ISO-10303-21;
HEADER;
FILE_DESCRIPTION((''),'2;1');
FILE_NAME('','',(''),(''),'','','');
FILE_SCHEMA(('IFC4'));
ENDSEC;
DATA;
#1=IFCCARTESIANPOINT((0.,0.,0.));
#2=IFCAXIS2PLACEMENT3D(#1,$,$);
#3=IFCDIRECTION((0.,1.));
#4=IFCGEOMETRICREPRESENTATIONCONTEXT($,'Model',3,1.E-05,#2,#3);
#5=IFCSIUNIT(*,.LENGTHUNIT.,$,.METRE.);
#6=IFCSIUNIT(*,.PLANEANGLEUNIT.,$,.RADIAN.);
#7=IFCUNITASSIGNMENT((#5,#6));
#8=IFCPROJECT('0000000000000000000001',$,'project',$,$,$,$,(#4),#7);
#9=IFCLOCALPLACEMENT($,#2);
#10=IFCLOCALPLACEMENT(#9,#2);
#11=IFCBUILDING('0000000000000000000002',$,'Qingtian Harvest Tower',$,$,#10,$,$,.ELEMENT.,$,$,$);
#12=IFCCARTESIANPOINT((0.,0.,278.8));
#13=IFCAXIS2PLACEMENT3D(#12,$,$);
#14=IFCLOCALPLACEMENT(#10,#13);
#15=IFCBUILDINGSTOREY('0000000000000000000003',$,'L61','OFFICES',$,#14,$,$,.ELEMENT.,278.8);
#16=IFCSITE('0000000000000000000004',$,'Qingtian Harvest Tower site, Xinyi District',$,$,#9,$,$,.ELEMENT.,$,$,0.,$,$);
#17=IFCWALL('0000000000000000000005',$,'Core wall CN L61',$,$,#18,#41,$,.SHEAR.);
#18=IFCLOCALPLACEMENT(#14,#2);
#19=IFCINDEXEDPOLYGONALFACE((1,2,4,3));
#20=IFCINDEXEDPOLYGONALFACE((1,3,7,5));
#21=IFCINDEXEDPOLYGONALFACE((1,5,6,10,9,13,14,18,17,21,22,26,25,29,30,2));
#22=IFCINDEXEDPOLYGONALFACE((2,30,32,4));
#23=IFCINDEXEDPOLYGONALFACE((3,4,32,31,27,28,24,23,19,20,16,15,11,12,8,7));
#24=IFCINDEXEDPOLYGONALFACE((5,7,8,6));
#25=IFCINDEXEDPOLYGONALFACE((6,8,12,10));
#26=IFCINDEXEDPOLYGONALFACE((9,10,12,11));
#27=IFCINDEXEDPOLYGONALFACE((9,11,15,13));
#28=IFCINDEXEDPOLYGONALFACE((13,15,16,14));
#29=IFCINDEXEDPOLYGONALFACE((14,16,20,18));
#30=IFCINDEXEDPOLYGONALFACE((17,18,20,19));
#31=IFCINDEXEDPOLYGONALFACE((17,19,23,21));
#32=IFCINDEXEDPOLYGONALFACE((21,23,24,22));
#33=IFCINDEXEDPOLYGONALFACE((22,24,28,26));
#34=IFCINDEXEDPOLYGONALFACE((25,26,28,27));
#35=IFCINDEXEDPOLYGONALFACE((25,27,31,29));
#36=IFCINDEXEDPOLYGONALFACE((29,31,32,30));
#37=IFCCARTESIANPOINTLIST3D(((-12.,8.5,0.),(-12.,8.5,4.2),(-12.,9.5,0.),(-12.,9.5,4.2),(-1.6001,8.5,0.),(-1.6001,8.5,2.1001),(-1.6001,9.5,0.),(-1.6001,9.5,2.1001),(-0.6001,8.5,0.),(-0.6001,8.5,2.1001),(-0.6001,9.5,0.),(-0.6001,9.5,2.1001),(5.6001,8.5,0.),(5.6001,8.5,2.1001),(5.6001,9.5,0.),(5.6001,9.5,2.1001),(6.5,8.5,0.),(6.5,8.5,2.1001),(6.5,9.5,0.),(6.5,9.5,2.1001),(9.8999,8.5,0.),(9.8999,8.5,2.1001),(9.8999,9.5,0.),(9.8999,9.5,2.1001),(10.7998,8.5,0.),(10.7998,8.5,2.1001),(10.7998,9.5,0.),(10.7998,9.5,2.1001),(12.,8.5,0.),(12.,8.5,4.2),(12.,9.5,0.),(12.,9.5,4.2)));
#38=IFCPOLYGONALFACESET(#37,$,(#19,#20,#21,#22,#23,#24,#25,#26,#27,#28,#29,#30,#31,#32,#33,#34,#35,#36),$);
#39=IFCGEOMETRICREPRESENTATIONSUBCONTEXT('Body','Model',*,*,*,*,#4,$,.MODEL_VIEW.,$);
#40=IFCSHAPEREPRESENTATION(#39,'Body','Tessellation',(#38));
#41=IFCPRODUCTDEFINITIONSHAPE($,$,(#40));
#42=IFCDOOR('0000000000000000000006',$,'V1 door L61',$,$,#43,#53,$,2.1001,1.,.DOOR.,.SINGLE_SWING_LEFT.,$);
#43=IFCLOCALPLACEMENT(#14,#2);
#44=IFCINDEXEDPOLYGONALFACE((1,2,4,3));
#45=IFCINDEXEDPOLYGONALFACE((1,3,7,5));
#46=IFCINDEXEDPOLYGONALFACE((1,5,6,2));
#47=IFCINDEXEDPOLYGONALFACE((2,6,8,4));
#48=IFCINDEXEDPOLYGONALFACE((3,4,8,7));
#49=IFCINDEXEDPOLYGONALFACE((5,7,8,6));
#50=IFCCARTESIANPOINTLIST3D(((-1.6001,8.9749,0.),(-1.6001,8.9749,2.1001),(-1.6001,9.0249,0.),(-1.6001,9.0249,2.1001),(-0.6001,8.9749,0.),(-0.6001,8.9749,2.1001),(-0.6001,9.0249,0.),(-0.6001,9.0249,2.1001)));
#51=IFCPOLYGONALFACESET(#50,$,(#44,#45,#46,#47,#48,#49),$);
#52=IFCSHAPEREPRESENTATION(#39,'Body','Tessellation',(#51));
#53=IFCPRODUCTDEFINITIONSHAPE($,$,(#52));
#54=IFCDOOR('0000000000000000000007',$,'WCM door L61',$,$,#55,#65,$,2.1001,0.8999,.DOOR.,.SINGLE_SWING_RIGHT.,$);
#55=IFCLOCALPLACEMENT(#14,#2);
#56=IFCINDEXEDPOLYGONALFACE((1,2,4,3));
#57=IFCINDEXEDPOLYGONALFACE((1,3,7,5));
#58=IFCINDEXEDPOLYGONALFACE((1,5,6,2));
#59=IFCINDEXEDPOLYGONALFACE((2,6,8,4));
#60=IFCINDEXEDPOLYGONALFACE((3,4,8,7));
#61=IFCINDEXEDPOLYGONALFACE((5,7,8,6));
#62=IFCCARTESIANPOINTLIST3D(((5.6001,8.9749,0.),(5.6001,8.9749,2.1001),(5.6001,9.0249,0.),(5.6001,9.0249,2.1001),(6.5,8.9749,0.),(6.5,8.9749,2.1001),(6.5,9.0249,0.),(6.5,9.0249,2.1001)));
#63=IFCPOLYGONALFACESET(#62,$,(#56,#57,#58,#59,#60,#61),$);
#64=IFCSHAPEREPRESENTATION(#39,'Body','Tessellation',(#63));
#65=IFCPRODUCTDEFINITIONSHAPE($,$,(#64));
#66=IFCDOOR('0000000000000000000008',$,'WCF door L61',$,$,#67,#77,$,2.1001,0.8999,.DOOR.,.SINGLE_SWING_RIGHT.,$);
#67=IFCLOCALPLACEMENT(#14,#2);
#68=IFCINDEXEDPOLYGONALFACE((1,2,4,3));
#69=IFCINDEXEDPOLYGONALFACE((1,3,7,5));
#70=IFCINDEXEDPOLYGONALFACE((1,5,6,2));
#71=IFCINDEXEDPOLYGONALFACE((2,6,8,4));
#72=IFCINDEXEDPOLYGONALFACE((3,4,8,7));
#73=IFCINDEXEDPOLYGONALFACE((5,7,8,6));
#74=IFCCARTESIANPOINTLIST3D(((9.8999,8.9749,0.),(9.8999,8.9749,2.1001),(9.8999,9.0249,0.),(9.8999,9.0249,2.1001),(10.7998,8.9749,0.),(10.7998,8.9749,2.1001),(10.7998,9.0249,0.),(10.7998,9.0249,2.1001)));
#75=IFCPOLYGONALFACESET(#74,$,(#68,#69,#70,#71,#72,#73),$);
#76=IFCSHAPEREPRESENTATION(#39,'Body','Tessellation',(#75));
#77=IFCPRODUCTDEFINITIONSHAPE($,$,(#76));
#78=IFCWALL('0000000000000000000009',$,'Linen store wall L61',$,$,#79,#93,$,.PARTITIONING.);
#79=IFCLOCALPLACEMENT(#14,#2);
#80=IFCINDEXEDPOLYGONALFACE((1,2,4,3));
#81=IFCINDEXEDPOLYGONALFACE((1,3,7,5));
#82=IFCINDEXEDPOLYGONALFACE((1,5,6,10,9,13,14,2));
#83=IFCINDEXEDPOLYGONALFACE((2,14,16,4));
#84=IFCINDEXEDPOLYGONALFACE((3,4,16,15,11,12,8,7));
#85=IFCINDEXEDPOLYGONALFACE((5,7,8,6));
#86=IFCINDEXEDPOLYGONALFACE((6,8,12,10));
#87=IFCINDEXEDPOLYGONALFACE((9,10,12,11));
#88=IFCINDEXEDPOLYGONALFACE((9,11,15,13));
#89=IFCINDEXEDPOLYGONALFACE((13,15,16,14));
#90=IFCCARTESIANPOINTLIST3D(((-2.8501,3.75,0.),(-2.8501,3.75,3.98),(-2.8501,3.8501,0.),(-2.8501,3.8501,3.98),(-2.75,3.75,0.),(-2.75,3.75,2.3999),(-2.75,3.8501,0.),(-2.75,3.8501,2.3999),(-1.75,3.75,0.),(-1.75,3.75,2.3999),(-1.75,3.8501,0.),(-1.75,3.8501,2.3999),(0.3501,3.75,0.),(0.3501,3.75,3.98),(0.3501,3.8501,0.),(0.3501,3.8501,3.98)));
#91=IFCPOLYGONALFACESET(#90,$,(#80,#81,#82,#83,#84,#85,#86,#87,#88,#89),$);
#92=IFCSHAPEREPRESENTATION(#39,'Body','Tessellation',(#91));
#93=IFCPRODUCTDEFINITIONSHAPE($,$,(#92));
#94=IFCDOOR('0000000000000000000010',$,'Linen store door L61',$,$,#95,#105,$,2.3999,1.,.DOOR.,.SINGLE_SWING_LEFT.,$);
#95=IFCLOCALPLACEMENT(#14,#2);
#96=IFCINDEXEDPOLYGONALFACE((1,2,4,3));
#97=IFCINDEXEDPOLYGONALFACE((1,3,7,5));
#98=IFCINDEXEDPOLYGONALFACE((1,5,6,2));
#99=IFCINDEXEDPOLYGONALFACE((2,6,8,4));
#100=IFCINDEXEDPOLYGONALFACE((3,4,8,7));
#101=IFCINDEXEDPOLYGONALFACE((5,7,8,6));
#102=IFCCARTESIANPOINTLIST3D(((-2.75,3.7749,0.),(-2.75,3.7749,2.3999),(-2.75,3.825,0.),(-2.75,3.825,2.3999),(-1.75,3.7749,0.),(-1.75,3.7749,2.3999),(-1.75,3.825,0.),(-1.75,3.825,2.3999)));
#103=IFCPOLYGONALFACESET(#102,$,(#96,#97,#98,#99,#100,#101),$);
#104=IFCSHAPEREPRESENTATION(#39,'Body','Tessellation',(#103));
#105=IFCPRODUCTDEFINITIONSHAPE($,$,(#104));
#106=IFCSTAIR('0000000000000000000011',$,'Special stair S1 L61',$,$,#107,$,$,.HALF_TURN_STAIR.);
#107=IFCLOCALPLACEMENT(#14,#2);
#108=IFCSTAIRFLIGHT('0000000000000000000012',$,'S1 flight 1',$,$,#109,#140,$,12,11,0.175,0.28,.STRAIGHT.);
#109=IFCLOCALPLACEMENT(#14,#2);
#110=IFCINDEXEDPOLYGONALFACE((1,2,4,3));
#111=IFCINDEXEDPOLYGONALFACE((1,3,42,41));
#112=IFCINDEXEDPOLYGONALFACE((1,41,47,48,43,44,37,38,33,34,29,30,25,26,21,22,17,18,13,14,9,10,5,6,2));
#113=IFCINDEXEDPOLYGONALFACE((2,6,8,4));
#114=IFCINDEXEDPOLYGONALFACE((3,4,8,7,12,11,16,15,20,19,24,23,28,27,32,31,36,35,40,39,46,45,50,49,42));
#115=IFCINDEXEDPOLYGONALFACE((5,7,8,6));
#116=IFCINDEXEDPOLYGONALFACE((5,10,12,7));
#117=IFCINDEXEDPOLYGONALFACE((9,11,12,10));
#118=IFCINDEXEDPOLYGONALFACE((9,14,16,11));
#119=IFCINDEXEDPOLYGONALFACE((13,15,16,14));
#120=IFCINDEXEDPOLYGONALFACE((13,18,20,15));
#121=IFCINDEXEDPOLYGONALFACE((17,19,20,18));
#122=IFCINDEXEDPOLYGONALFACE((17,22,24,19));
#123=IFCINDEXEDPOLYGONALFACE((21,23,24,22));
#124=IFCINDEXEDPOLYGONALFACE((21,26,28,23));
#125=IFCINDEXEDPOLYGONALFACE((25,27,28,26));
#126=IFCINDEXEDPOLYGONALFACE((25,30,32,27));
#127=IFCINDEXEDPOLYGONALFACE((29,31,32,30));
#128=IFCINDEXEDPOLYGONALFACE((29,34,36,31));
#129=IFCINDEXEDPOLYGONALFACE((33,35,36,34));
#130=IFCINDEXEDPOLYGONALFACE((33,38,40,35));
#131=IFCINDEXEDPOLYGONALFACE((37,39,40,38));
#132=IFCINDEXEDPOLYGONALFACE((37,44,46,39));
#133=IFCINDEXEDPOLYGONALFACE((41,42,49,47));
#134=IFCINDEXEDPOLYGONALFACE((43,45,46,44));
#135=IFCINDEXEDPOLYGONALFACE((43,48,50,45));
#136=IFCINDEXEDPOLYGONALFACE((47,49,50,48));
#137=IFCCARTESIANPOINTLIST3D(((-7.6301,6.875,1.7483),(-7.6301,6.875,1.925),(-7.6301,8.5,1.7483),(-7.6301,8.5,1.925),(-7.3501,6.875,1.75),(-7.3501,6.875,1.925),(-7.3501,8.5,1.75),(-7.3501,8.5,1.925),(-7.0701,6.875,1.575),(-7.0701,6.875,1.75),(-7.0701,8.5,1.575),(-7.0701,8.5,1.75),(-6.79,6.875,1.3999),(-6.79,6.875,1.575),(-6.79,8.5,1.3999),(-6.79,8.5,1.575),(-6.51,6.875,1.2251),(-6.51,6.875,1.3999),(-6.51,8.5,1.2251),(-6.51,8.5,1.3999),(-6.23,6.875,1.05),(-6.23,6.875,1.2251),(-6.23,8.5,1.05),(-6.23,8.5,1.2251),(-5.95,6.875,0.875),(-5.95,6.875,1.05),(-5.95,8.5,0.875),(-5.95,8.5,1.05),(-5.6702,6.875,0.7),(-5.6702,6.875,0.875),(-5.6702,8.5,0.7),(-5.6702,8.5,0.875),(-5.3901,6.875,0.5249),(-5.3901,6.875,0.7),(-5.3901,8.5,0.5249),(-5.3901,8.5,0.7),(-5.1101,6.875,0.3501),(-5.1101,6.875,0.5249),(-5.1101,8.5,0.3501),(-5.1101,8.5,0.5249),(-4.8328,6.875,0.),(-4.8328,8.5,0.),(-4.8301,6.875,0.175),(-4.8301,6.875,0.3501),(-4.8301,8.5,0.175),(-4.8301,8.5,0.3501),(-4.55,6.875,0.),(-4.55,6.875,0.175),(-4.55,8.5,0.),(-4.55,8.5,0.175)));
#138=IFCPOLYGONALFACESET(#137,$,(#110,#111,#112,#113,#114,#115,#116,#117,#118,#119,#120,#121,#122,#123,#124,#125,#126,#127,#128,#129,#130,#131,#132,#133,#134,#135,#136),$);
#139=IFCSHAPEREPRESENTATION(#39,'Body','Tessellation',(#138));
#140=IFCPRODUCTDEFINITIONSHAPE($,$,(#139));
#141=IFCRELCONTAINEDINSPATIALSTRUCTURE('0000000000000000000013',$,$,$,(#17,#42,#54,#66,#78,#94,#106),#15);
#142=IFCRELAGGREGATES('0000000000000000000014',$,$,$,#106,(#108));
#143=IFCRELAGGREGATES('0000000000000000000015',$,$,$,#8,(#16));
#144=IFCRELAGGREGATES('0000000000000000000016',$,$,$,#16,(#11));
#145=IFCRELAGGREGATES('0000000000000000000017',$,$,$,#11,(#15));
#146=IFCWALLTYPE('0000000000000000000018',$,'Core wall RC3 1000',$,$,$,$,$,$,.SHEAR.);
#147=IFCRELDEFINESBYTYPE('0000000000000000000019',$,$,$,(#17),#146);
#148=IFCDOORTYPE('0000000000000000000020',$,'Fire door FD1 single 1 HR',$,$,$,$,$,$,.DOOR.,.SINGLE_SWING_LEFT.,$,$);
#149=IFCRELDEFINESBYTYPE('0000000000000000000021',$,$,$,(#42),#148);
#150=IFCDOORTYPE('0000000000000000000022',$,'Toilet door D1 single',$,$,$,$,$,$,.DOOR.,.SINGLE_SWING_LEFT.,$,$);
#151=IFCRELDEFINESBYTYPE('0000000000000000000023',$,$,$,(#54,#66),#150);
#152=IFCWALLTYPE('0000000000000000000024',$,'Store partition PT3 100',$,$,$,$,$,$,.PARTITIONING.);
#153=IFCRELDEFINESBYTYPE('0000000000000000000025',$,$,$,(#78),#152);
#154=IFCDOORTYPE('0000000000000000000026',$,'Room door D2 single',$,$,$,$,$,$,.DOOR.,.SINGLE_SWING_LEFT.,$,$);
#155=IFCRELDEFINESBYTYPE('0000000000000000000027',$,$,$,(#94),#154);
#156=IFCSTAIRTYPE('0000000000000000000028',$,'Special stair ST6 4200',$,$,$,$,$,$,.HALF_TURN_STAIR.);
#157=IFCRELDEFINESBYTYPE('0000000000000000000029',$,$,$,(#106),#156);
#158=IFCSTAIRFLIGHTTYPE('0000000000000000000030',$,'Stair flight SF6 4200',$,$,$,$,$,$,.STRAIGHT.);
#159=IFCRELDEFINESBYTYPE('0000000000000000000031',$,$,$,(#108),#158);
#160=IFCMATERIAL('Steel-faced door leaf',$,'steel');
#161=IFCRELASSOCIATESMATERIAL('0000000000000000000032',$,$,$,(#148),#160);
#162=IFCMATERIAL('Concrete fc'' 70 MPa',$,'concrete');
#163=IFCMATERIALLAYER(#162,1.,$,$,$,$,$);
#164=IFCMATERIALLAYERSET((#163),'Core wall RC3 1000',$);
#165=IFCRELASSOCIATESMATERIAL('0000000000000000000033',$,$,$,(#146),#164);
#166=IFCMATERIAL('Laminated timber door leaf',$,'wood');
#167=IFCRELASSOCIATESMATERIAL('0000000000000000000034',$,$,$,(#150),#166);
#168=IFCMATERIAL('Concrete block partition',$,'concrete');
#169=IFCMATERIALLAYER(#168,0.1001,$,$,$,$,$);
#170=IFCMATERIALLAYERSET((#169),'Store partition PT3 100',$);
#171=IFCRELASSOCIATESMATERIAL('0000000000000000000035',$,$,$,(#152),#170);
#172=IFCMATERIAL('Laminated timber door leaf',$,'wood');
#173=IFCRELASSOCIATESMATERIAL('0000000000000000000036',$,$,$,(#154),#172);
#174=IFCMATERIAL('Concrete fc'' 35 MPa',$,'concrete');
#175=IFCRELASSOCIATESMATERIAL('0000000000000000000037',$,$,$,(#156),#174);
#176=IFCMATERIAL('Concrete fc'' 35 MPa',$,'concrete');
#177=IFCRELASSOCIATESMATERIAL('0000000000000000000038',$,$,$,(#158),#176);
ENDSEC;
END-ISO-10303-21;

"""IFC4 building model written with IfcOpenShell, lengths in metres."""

from ifc_helpers import new_model, si_unit, direction, frame, frame_2d, origin, place, context, subcontext, project, spatial, polyline, rectangle, outline, extrude, material, layer, layer_set, type_object, element, fill, aggregate, save


model = new_model("IFC4")

# Units and contexts
model_context = context("Model", 3, precision=1e-05, world=origin(), true_north=direction((0.0, 1.0)))
body_context = subcontext(model_context, "Body", "Model", "MODEL_VIEW")
ifc_project = project(units=[si_unit("LENGTHUNIT", "METRE"), si_unit("PLANEANGLEUNIT", "RADIAN")], contexts=[model_context])

# Site, building, storey
site_placement = place(None, origin())
site = spatial("IfcSite", under=ifc_project, at=site_placement, Name="Qingtian Harvest Tower site, Xinyi District", CompositionType="ELEMENT", RefElevation=0.0)
building_placement = place(site_placement, origin())
building = spatial("IfcBuilding", under=site, at=building_placement, Name="Qingtian Harvest Tower", CompositionType="ELEMENT")
storey_placement = place(building_placement, frame((0.0, 0.0, 278.8)))
storey = spatial("IfcBuildingStorey", under=building, at=storey_placement, Name="L61", Description="OFFICES", CompositionType="ELEMENT", Elevation=278.8)

# Shared definitions
ifc_material_1 = material(Name="Steel-faced door leaf", Category="steel")
door_type_1 = type_object("IfcDoorType", Name="Fire door FD1 single 1 HR", OperationType="SINGLE_SWING_LEFT", PredefinedType="DOOR", material=ifc_material_1)

# Wall, openings, doors
ifc_material_2 = material(Name="Concrete fc' 70 MPa", Category="concrete")
ifc_layer_1 = layer(ifc_material_2, 1.0)
ifc_layer_set_1 = layer_set([ifc_layer_1], Name="Core wall RC3 1000")
wall_type_1 = type_object("IfcWallType", Name="Core wall RC3 1000", PredefinedType="SHEAR", material=ifc_layer_set_1)
wall_1_placement = place(storey_placement, frame((-12.0, 9.0, 0.0), z_axis=(0.0, 0.0, 1.0), x_axis=(1.0, 0.0, 0.0)))
wall_1 = element("IfcWall", 1, at=wall_1_placement, inside=storey, type_object=wall_type_1, Name="Core wall CN L61", PredefinedType="SHEAR", context=body_context, shape_type="SweptSolid", body=[
    extrude(rectangle(XDim=24.0, YDim=1.0, at=frame_2d((12.0, 0.0))), origin(), (0.0, 0.0, 1.0), 4.2),
])
opening_1_placement = place(wall_1_placement, frame((10.3999, 0.0, 0.0)))
opening_1 = element("IfcOpeningElement", 2, at=opening_1_placement, cuts=wall_1, PredefinedType="OPENING", context=body_context, shape_type="SweptSolid", body=[
    extrude(rectangle(XDim=1.0, YDim=2.1001, at=frame_2d((0.5, 1.05))), frame((0.0, 0.51, 0.0), z_axis=(0.0, -1.0, 0.0), x_axis=(1.0, 0.0, 0.0)), (0.0, 0.0, 1.0), 1.02),
])
opening_2_placement = place(wall_1_placement, frame((17.6001, 0.0, 0.0)))
opening_2 = element("IfcOpeningElement", 3, at=opening_2_placement, cuts=wall_1, PredefinedType="OPENING", context=body_context, shape_type="SweptSolid", body=[
    extrude(rectangle(XDim=0.8999, YDim=2.1001, at=frame_2d((0.45, 1.05))), frame((0.0, 0.51, 0.0), z_axis=(0.0, -1.0, 0.0), x_axis=(1.0, 0.0, 0.0)), (0.0, 0.0, 1.0), 1.02),
])
opening_3_placement = place(wall_1_placement, frame((21.8999, 0.0, 0.0)))
opening_3 = element("IfcOpeningElement", 4, at=opening_3_placement, cuts=wall_1, PredefinedType="OPENING", context=body_context, shape_type="SweptSolid", body=[
    extrude(rectangle(XDim=0.8999, YDim=2.1001, at=frame_2d((0.45, 1.05))), frame((0.0, 0.51, 0.0), z_axis=(0.0, -1.0, 0.0), x_axis=(1.0, 0.0, 0.0)), (0.0, 0.0, 1.0), 1.02),
])
door_1_placement = place(opening_1_placement, origin())
door_1 = element("IfcDoor", 5, at=door_1_placement, inside=storey, type_object=door_type_1, Name="V1 door L61", OperationType="SINGLE_SWING_LEFT", OverallHeight=2.1001, OverallWidth=1.0, PredefinedType="DOOR", context=body_context, shape_type="SweptSolid", body=[
    extrude(rectangle(XDim=1.0, YDim=2.1001, at=frame_2d((0.5, 1.05))), frame((0.0, 0.0249, 0.0), z_axis=(0.0, -1.0, 0.0), x_axis=(1.0, 0.0, 0.0)), (0.0, 0.0, 1.0), 0.05),
])
fill(opening_1, door_1)
ifc_material_3 = material(Name="Laminated timber door leaf", Category="wood")
door_type_2 = type_object("IfcDoorType", Name="Toilet door D1 single", OperationType="SINGLE_SWING_LEFT", PredefinedType="DOOR", material=ifc_material_3)
door_2_placement = place(opening_2_placement, origin())
door_2 = element("IfcDoor", 6, at=door_2_placement, inside=storey, type_object=door_type_2, Name="WCM door L61", OperationType="SINGLE_SWING_RIGHT", OverallHeight=2.1001, OverallWidth=0.8999, PredefinedType="DOOR", context=body_context, shape_type="SweptSolid", body=[
    extrude(rectangle(XDim=0.8999, YDim=2.1001, at=frame_2d((0.45, 1.05))), frame((0.0, 0.0249, 0.0), z_axis=(0.0, -1.0, 0.0), x_axis=(1.0, 0.0, 0.0)), (0.0, 0.0, 1.0), 0.05),
])
fill(opening_2, door_2)
door_3_placement = place(opening_3_placement, origin())
door_3 = element("IfcDoor", 7, at=door_3_placement, inside=storey, type_object=door_type_2, Name="WCF door L61", OperationType="SINGLE_SWING_RIGHT", OverallHeight=2.1001, OverallWidth=0.8999, PredefinedType="DOOR", context=body_context, shape_type="SweptSolid", body=[
    extrude(rectangle(XDim=0.8999, YDim=2.1001, at=frame_2d((0.45, 1.05))), frame((0.0, 0.0249, 0.0), z_axis=(0.0, -1.0, 0.0), x_axis=(1.0, 0.0, 0.0)), (0.0, 0.0, 1.0), 0.05),
])
fill(opening_3, door_3)

# Wall, opening, door
ifc_material_4 = material(Name="Concrete block partition", Category="concrete")
ifc_layer_2 = layer(ifc_material_4, 0.1001)
ifc_layer_set_2 = layer_set([ifc_layer_2], Name="Store partition PT3 100")
wall_type_2 = type_object("IfcWallType", Name="Store partition PT3 100", PredefinedType="PARTITIONING", material=ifc_layer_set_2)
wall_2_placement = place(storey_placement, frame((-2.8501, 3.8, 0.0), z_axis=(0.0, 0.0, 1.0), x_axis=(1.0, 0.0, 0.0)))
wall_2 = element("IfcWall", 8, at=wall_2_placement, inside=storey, type_object=wall_type_2, Name="Linen store wall L61", PredefinedType="PARTITIONING", context=body_context, shape_type="SweptSolid", body=[
    extrude(rectangle(XDim=3.2002, YDim=0.1001, at=frame_2d((1.6001, 0.0))), origin(), (0.0, 0.0, 1.0), 3.98),
])
opening_4_placement = place(wall_2_placement, frame((0.1001, 0.0, 0.0)))
opening_4 = element("IfcOpeningElement", 9, at=opening_4_placement, cuts=wall_2, PredefinedType="OPENING", context=body_context, shape_type="SweptSolid", body=[
    extrude(rectangle(XDim=1.0, YDim=2.3999, at=frame_2d((0.5, 1.2))), frame((0.0, 0.0601, 0.0), z_axis=(0.0, -1.0, 0.0), x_axis=(1.0, 0.0, 0.0)), (0.0, 0.0, 1.0), 0.1201),
])
ifc_material_5 = material(Name="Laminated timber door leaf", Category="wood")
door_type_3 = type_object("IfcDoorType", Name="Room door D2 single", OperationType="SINGLE_SWING_LEFT", PredefinedType="DOOR", material=ifc_material_5)
door_4_placement = place(opening_4_placement, origin())
door_4 = element("IfcDoor", 10, at=door_4_placement, inside=storey, type_object=door_type_3, Name="Linen store door L61", OperationType="SINGLE_SWING_LEFT", OverallHeight=2.3999, OverallWidth=1.0, PredefinedType="DOOR", context=body_context, shape_type="SweptSolid", body=[
    extrude(rectangle(XDim=1.0, YDim=2.3999, at=frame_2d((0.5, 1.2))), frame((0.0, 0.0249, 0.0), z_axis=(0.0, -1.0, 0.0), x_axis=(1.0, 0.0, 0.0)), (0.0, 0.0, 1.0), 0.05),
])
fill(opening_4, door_4)

# Stair, stair flight
ifc_material_6 = material(Name="Concrete fc' 35 MPa", Category="concrete")
stair_type = type_object("IfcStairType", Name="Special stair ST6 4200", PredefinedType="HALF_TURN_STAIR", material=ifc_material_6)
stair_placement = place(storey_placement, origin())
stair = element("IfcStair", 11, at=stair_placement, inside=storey, type_object=stair_type, Name="Special stair S1 L61", PredefinedType="HALF_TURN_STAIR")
ifc_material_7 = material(Name="Concrete fc' 35 MPa", Category="concrete")
stair_flight_type = type_object("IfcStairFlightType", Name="Stair flight SF6 4200", PredefinedType="STRAIGHT", material=ifc_material_7)
stair_flight_1_placement = place(storey_placement, frame((-4.55, 7.6875, 0.0), z_axis=(0.0, 0.0, 1.0), x_axis=(-1.0, 0.0, 0.0)))
stair_flight_1 = element("IfcStairFlight", 12, at=stair_flight_1_placement, type_object=stair_flight_type, Name="S1 flight 1", NumberOfRisers=12, NumberOfTreads=11, PredefinedType="STRAIGHT", RiserHeight=0.175, TreadLength=0.28, context=body_context, shape_type="SweptSolid", body=[
    extrude(outline(polyline([(0.0, 0.0), (0.0, 0.175), (0.28, 0.175), (0.28, 0.3501), (0.5601, 0.3501), (0.5601, 0.5249), (0.8401, 0.5249), (0.8401, 0.7), (1.1201, 0.7), (1.1201, 0.875), (1.3999, 0.875), (1.3999, 1.05), (1.6799, 1.05), (1.6799, 1.2251), (1.96, 1.2251), (1.96, 1.3999), (2.24, 1.3999), (2.24, 1.575), (2.52, 1.575), (2.52, 1.75), (2.8, 1.75), (2.8, 1.925), (3.0801, 1.925), (3.0801, 2.1001), (3.0801, 1.7483), (0.2827, 0.0), (0.0, 0.0)])), frame((0.0, 0.8125, 0.0), z_axis=(0.0, -1.0, 0.0), x_axis=(1.0, 0.0, 0.0)), (0.0, 0.0, 1.0), 1.625),
])
aggregate(stair, [stair_flight_1])

save(model, "model.ifc")
